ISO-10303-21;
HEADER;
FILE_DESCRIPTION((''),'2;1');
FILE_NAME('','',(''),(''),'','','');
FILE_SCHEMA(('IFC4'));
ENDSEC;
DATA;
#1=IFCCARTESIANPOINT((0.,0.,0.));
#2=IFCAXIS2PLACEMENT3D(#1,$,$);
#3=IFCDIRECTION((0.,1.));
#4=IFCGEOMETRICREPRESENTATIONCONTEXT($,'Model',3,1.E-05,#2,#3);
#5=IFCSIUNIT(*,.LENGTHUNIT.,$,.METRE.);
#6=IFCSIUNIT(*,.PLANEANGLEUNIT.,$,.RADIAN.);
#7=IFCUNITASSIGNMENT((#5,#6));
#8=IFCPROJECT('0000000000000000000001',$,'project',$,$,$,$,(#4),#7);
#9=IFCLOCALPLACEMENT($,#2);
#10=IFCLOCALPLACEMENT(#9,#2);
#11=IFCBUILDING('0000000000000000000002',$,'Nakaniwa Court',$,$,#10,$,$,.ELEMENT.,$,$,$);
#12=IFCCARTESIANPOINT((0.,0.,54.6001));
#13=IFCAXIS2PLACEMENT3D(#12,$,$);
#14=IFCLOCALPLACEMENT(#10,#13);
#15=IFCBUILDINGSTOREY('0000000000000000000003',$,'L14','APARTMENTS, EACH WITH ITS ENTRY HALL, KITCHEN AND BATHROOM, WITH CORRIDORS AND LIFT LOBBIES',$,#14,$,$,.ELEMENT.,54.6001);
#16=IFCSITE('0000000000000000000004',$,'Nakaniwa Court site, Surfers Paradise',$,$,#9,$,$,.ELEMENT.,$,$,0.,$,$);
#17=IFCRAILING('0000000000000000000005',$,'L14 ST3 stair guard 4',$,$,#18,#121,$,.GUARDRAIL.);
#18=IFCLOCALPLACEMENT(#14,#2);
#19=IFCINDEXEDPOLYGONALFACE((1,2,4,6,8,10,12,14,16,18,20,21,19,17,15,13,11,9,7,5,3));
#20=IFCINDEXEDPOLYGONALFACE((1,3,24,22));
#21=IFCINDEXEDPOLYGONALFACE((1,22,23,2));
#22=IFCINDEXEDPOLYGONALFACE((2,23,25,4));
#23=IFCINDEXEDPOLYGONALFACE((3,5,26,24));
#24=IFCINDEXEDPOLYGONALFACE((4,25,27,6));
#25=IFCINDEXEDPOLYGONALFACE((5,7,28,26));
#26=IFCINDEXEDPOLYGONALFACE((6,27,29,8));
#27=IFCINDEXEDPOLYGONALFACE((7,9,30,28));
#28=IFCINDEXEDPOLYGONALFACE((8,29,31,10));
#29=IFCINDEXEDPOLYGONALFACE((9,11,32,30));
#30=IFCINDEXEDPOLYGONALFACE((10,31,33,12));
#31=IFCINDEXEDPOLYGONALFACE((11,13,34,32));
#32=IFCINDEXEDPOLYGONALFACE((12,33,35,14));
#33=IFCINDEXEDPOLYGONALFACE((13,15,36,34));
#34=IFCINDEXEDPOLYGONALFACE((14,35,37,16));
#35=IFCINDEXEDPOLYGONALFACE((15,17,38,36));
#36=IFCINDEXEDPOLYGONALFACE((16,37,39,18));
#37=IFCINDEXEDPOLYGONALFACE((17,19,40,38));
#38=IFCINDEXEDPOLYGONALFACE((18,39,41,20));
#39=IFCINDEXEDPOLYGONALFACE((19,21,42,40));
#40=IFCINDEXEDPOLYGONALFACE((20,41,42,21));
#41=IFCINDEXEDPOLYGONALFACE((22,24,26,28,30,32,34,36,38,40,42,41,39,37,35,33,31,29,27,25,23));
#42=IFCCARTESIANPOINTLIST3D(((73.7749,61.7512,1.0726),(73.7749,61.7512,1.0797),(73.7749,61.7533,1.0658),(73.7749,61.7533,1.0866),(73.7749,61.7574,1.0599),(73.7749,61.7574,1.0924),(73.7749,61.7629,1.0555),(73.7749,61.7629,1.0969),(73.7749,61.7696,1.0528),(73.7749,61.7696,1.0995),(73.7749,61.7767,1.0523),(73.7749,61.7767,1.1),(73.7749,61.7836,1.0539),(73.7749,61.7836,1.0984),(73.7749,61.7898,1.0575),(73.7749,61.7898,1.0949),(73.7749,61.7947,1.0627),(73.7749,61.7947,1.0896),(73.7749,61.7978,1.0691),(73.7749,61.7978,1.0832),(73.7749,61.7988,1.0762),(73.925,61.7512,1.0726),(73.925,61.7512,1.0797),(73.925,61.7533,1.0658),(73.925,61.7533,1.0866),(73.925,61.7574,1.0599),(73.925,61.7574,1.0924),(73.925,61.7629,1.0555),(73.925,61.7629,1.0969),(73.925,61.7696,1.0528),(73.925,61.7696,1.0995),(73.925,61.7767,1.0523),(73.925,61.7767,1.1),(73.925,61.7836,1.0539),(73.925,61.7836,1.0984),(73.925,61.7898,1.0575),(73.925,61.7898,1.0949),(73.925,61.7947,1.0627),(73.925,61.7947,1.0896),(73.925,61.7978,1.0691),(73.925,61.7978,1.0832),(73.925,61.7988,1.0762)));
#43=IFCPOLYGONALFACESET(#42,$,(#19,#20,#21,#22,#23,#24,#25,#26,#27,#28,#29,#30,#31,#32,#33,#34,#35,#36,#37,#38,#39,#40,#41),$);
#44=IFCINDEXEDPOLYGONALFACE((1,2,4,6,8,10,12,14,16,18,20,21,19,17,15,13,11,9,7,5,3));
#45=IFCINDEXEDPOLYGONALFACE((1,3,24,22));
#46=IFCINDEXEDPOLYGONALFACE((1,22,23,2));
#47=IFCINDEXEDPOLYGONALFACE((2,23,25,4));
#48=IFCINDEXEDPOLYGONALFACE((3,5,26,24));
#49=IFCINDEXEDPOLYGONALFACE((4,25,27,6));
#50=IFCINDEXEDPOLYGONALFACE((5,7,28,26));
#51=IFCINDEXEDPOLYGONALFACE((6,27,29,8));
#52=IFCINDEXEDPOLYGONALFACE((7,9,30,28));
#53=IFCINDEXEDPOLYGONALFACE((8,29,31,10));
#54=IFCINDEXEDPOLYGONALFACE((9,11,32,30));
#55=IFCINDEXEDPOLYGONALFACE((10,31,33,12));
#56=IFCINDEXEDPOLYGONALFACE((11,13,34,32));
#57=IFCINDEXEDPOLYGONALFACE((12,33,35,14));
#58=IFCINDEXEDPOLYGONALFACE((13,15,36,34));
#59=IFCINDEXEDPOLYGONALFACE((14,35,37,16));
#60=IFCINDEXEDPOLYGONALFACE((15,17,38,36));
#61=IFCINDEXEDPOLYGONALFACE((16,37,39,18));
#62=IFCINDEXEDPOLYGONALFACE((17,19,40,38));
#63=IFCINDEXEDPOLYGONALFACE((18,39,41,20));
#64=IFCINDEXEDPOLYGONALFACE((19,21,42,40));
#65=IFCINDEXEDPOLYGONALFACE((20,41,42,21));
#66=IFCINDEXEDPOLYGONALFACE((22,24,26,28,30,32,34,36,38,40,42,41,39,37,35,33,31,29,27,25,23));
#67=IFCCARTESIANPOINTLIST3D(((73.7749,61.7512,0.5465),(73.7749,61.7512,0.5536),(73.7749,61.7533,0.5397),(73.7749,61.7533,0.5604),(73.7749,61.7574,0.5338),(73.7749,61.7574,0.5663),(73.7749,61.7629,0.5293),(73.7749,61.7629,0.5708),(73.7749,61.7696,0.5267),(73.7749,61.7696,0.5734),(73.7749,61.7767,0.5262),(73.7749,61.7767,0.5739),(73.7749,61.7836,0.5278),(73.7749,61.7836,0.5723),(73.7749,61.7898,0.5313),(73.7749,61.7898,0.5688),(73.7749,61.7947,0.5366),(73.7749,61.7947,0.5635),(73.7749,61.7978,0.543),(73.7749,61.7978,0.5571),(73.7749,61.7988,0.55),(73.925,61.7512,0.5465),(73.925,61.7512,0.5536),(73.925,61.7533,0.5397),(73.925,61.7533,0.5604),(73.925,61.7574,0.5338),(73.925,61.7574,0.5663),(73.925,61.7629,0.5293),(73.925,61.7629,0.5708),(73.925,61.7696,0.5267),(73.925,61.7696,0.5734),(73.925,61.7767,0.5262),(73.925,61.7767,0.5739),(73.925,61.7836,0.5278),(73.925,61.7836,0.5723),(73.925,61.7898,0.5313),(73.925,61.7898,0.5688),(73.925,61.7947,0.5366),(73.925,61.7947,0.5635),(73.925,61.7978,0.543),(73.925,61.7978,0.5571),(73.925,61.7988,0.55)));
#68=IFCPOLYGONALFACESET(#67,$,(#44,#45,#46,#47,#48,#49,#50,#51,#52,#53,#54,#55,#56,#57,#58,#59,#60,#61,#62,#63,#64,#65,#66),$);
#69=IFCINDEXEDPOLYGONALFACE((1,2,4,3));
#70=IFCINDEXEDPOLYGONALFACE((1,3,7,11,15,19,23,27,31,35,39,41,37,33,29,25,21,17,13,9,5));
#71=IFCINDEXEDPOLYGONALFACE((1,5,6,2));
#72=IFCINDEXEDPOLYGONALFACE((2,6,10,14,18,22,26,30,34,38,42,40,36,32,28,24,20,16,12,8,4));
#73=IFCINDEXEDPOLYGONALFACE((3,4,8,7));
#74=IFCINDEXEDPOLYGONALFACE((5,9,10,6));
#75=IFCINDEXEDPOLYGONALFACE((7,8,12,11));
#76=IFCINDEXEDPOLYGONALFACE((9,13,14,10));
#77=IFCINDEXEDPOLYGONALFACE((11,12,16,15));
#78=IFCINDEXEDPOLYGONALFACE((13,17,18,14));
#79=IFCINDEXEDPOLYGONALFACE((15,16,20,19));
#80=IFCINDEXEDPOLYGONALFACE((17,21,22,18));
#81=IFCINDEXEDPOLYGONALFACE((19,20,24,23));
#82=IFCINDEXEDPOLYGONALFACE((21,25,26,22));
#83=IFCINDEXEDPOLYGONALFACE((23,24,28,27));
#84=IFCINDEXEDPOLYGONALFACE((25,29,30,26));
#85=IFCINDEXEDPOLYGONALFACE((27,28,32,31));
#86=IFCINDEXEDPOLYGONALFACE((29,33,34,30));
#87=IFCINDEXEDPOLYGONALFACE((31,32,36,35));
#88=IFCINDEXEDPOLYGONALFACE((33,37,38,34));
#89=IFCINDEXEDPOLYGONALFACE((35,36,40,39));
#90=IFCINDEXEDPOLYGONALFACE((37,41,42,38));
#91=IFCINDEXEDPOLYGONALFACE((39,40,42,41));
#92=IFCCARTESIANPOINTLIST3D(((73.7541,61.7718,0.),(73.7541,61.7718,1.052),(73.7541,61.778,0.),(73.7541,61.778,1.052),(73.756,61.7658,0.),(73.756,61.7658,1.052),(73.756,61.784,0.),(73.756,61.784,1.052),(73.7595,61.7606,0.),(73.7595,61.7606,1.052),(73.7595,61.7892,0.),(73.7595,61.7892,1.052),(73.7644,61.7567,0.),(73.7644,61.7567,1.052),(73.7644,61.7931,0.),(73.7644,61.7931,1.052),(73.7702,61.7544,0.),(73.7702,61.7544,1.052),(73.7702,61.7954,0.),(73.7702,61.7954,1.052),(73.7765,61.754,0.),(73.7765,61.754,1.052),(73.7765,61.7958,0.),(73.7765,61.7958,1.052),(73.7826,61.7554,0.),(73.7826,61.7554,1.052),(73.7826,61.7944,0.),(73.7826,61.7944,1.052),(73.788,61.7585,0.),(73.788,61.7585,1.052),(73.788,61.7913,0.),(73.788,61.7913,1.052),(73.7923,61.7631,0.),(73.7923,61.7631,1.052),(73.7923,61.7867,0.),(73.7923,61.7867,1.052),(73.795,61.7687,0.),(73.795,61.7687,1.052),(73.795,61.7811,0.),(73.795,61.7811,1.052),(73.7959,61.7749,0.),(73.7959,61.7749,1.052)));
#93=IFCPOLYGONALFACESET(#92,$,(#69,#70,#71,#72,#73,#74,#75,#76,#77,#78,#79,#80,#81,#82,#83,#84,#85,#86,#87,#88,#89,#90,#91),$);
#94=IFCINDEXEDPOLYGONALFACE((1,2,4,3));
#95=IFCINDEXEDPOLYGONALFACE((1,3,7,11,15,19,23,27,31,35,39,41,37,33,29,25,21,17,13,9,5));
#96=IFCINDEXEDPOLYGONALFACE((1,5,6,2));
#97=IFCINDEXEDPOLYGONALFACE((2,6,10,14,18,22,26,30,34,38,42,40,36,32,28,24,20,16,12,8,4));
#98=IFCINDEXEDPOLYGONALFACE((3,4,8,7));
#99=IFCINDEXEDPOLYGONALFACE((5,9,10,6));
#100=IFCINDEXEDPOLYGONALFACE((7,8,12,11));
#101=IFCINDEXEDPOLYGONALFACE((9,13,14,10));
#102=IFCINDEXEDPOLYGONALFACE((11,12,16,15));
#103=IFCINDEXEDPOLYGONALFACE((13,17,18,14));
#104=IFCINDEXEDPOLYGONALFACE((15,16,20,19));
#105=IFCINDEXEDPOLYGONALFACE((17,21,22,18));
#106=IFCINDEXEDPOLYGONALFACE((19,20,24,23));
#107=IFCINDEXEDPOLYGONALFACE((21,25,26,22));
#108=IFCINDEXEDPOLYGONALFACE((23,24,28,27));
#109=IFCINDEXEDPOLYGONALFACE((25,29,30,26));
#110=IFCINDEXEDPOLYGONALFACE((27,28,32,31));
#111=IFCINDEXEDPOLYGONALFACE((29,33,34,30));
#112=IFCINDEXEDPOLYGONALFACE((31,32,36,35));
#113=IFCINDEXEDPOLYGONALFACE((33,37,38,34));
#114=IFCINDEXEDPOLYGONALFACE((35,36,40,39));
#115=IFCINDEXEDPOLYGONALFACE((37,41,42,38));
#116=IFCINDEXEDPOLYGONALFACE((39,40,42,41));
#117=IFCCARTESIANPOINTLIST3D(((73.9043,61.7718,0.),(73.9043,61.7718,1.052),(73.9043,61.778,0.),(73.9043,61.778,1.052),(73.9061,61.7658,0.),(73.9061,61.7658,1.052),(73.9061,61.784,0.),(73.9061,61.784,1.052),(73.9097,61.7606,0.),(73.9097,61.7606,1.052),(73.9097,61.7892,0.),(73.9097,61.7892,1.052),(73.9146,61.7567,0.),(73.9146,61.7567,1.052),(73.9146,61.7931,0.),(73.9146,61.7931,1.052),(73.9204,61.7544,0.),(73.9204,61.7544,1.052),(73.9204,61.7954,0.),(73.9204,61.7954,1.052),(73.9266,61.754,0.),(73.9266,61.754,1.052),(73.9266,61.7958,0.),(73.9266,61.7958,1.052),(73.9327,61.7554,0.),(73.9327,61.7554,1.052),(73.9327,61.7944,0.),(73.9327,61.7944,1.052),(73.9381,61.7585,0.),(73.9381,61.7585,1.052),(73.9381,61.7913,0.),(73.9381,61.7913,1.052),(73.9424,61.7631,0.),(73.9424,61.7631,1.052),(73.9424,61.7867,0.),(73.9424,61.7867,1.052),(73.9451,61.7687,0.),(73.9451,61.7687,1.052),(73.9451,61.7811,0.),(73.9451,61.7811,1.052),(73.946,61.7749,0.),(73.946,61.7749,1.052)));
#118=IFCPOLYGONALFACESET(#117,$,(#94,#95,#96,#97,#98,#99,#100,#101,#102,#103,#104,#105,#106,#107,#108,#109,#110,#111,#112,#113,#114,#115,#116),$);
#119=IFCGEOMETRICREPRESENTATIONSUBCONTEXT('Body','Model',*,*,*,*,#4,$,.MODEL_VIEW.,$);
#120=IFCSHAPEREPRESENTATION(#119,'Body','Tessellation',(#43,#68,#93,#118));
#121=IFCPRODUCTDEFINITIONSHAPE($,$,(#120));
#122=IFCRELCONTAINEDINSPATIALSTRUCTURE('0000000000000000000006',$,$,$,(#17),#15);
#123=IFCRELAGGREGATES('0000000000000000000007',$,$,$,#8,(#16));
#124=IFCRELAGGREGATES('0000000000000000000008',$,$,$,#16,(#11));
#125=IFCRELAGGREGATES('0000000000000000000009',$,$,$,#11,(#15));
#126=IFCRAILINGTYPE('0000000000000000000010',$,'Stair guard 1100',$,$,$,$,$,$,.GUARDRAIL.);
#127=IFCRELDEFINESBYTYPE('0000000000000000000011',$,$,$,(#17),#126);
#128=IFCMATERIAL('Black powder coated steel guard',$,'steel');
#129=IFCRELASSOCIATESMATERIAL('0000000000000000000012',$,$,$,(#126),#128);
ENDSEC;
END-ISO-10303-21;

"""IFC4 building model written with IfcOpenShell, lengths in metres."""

from ifc_helpers import new_model, si_unit, direction, frame, origin, origin_2d, place, context, subcontext, project, spatial, circle, extrude, material, type_object, element, save


model = new_model("IFC4")

# Units and contexts
model_context = context("Model", 3, precision=1e-05, world=origin(), true_north=direction((0.0, 1.0)))
body_context = subcontext(model_context, "Body", "Model", "MODEL_VIEW")
ifc_project = project(units=[si_unit("LENGTHUNIT", "METRE"), si_unit("PLANEANGLEUNIT", "RADIAN")], contexts=[model_context])

# Site, building, storey
site_placement = place(None, origin())
site = spatial("IfcSite", under=ifc_project, at=site_placement, Name="Nakaniwa Court site, Surfers Paradise", CompositionType="ELEMENT", RefElevation=0.0)
building_placement = place(site_placement, origin())
building = spatial("IfcBuilding", under=site, at=building_placement, Name="Nakaniwa Court", CompositionType="ELEMENT")
storey_placement = place(building_placement, frame((0.0, 0.0, 54.6001)))
storey = spatial("IfcBuildingStorey", under=building, at=storey_placement, Name="L14", Description="APARTMENTS, EACH WITH ITS ENTRY HALL, KITCHEN AND BATHROOM, WITH CORRIDORS AND LIFT LOBBIES", CompositionType="ELEMENT", Elevation=54.6001)

# Railing
ifc_material_1 = material(Name="Black powder coated steel guard", Category="steel")
railing_type_1 = type_object("IfcRailingType", Name="Stair guard 1100", PredefinedType="GUARDRAIL", material=ifc_material_1)
railing_1_placement = place(storey_placement, frame((73.7749, 61.7749, 0.0)))
element("IfcRailing", 1, at=railing_1_placement, inside=storey, type_object=railing_type_1, Name="L14 ST3 stair guard 4", PredefinedType="GUARDRAIL", context=body_context, shape_type="SweptSolid", body=[
    extrude(circle(Radius=0.0239, at=origin_2d()), frame((0.0, 0.0, 1.0762), z_axis=(1.0, 0.0, 0.0), x_axis=(0.0, 1.0, 0.0)), (0.0, 0.0, 1.0), 0.1501),
    extrude(circle(Radius=0.0239, at=origin_2d()), frame((0.0, 0.0, 0.55), z_axis=(1.0, 0.0, 0.0), x_axis=(0.0, 1.0, 0.0)), (0.0, 0.0, 1.0), 0.1501),
    extrude(circle(Radius=0.021, at=origin_2d()), origin(), (0.0, 0.0, 1.0), 1.052),
    extrude(circle(Radius=0.021, at=origin_2d()), frame((0.1501, 0.0, 0.0)), (0.0, 0.0, 1.0), 1.052),
])

save(model, "model.ifc")
